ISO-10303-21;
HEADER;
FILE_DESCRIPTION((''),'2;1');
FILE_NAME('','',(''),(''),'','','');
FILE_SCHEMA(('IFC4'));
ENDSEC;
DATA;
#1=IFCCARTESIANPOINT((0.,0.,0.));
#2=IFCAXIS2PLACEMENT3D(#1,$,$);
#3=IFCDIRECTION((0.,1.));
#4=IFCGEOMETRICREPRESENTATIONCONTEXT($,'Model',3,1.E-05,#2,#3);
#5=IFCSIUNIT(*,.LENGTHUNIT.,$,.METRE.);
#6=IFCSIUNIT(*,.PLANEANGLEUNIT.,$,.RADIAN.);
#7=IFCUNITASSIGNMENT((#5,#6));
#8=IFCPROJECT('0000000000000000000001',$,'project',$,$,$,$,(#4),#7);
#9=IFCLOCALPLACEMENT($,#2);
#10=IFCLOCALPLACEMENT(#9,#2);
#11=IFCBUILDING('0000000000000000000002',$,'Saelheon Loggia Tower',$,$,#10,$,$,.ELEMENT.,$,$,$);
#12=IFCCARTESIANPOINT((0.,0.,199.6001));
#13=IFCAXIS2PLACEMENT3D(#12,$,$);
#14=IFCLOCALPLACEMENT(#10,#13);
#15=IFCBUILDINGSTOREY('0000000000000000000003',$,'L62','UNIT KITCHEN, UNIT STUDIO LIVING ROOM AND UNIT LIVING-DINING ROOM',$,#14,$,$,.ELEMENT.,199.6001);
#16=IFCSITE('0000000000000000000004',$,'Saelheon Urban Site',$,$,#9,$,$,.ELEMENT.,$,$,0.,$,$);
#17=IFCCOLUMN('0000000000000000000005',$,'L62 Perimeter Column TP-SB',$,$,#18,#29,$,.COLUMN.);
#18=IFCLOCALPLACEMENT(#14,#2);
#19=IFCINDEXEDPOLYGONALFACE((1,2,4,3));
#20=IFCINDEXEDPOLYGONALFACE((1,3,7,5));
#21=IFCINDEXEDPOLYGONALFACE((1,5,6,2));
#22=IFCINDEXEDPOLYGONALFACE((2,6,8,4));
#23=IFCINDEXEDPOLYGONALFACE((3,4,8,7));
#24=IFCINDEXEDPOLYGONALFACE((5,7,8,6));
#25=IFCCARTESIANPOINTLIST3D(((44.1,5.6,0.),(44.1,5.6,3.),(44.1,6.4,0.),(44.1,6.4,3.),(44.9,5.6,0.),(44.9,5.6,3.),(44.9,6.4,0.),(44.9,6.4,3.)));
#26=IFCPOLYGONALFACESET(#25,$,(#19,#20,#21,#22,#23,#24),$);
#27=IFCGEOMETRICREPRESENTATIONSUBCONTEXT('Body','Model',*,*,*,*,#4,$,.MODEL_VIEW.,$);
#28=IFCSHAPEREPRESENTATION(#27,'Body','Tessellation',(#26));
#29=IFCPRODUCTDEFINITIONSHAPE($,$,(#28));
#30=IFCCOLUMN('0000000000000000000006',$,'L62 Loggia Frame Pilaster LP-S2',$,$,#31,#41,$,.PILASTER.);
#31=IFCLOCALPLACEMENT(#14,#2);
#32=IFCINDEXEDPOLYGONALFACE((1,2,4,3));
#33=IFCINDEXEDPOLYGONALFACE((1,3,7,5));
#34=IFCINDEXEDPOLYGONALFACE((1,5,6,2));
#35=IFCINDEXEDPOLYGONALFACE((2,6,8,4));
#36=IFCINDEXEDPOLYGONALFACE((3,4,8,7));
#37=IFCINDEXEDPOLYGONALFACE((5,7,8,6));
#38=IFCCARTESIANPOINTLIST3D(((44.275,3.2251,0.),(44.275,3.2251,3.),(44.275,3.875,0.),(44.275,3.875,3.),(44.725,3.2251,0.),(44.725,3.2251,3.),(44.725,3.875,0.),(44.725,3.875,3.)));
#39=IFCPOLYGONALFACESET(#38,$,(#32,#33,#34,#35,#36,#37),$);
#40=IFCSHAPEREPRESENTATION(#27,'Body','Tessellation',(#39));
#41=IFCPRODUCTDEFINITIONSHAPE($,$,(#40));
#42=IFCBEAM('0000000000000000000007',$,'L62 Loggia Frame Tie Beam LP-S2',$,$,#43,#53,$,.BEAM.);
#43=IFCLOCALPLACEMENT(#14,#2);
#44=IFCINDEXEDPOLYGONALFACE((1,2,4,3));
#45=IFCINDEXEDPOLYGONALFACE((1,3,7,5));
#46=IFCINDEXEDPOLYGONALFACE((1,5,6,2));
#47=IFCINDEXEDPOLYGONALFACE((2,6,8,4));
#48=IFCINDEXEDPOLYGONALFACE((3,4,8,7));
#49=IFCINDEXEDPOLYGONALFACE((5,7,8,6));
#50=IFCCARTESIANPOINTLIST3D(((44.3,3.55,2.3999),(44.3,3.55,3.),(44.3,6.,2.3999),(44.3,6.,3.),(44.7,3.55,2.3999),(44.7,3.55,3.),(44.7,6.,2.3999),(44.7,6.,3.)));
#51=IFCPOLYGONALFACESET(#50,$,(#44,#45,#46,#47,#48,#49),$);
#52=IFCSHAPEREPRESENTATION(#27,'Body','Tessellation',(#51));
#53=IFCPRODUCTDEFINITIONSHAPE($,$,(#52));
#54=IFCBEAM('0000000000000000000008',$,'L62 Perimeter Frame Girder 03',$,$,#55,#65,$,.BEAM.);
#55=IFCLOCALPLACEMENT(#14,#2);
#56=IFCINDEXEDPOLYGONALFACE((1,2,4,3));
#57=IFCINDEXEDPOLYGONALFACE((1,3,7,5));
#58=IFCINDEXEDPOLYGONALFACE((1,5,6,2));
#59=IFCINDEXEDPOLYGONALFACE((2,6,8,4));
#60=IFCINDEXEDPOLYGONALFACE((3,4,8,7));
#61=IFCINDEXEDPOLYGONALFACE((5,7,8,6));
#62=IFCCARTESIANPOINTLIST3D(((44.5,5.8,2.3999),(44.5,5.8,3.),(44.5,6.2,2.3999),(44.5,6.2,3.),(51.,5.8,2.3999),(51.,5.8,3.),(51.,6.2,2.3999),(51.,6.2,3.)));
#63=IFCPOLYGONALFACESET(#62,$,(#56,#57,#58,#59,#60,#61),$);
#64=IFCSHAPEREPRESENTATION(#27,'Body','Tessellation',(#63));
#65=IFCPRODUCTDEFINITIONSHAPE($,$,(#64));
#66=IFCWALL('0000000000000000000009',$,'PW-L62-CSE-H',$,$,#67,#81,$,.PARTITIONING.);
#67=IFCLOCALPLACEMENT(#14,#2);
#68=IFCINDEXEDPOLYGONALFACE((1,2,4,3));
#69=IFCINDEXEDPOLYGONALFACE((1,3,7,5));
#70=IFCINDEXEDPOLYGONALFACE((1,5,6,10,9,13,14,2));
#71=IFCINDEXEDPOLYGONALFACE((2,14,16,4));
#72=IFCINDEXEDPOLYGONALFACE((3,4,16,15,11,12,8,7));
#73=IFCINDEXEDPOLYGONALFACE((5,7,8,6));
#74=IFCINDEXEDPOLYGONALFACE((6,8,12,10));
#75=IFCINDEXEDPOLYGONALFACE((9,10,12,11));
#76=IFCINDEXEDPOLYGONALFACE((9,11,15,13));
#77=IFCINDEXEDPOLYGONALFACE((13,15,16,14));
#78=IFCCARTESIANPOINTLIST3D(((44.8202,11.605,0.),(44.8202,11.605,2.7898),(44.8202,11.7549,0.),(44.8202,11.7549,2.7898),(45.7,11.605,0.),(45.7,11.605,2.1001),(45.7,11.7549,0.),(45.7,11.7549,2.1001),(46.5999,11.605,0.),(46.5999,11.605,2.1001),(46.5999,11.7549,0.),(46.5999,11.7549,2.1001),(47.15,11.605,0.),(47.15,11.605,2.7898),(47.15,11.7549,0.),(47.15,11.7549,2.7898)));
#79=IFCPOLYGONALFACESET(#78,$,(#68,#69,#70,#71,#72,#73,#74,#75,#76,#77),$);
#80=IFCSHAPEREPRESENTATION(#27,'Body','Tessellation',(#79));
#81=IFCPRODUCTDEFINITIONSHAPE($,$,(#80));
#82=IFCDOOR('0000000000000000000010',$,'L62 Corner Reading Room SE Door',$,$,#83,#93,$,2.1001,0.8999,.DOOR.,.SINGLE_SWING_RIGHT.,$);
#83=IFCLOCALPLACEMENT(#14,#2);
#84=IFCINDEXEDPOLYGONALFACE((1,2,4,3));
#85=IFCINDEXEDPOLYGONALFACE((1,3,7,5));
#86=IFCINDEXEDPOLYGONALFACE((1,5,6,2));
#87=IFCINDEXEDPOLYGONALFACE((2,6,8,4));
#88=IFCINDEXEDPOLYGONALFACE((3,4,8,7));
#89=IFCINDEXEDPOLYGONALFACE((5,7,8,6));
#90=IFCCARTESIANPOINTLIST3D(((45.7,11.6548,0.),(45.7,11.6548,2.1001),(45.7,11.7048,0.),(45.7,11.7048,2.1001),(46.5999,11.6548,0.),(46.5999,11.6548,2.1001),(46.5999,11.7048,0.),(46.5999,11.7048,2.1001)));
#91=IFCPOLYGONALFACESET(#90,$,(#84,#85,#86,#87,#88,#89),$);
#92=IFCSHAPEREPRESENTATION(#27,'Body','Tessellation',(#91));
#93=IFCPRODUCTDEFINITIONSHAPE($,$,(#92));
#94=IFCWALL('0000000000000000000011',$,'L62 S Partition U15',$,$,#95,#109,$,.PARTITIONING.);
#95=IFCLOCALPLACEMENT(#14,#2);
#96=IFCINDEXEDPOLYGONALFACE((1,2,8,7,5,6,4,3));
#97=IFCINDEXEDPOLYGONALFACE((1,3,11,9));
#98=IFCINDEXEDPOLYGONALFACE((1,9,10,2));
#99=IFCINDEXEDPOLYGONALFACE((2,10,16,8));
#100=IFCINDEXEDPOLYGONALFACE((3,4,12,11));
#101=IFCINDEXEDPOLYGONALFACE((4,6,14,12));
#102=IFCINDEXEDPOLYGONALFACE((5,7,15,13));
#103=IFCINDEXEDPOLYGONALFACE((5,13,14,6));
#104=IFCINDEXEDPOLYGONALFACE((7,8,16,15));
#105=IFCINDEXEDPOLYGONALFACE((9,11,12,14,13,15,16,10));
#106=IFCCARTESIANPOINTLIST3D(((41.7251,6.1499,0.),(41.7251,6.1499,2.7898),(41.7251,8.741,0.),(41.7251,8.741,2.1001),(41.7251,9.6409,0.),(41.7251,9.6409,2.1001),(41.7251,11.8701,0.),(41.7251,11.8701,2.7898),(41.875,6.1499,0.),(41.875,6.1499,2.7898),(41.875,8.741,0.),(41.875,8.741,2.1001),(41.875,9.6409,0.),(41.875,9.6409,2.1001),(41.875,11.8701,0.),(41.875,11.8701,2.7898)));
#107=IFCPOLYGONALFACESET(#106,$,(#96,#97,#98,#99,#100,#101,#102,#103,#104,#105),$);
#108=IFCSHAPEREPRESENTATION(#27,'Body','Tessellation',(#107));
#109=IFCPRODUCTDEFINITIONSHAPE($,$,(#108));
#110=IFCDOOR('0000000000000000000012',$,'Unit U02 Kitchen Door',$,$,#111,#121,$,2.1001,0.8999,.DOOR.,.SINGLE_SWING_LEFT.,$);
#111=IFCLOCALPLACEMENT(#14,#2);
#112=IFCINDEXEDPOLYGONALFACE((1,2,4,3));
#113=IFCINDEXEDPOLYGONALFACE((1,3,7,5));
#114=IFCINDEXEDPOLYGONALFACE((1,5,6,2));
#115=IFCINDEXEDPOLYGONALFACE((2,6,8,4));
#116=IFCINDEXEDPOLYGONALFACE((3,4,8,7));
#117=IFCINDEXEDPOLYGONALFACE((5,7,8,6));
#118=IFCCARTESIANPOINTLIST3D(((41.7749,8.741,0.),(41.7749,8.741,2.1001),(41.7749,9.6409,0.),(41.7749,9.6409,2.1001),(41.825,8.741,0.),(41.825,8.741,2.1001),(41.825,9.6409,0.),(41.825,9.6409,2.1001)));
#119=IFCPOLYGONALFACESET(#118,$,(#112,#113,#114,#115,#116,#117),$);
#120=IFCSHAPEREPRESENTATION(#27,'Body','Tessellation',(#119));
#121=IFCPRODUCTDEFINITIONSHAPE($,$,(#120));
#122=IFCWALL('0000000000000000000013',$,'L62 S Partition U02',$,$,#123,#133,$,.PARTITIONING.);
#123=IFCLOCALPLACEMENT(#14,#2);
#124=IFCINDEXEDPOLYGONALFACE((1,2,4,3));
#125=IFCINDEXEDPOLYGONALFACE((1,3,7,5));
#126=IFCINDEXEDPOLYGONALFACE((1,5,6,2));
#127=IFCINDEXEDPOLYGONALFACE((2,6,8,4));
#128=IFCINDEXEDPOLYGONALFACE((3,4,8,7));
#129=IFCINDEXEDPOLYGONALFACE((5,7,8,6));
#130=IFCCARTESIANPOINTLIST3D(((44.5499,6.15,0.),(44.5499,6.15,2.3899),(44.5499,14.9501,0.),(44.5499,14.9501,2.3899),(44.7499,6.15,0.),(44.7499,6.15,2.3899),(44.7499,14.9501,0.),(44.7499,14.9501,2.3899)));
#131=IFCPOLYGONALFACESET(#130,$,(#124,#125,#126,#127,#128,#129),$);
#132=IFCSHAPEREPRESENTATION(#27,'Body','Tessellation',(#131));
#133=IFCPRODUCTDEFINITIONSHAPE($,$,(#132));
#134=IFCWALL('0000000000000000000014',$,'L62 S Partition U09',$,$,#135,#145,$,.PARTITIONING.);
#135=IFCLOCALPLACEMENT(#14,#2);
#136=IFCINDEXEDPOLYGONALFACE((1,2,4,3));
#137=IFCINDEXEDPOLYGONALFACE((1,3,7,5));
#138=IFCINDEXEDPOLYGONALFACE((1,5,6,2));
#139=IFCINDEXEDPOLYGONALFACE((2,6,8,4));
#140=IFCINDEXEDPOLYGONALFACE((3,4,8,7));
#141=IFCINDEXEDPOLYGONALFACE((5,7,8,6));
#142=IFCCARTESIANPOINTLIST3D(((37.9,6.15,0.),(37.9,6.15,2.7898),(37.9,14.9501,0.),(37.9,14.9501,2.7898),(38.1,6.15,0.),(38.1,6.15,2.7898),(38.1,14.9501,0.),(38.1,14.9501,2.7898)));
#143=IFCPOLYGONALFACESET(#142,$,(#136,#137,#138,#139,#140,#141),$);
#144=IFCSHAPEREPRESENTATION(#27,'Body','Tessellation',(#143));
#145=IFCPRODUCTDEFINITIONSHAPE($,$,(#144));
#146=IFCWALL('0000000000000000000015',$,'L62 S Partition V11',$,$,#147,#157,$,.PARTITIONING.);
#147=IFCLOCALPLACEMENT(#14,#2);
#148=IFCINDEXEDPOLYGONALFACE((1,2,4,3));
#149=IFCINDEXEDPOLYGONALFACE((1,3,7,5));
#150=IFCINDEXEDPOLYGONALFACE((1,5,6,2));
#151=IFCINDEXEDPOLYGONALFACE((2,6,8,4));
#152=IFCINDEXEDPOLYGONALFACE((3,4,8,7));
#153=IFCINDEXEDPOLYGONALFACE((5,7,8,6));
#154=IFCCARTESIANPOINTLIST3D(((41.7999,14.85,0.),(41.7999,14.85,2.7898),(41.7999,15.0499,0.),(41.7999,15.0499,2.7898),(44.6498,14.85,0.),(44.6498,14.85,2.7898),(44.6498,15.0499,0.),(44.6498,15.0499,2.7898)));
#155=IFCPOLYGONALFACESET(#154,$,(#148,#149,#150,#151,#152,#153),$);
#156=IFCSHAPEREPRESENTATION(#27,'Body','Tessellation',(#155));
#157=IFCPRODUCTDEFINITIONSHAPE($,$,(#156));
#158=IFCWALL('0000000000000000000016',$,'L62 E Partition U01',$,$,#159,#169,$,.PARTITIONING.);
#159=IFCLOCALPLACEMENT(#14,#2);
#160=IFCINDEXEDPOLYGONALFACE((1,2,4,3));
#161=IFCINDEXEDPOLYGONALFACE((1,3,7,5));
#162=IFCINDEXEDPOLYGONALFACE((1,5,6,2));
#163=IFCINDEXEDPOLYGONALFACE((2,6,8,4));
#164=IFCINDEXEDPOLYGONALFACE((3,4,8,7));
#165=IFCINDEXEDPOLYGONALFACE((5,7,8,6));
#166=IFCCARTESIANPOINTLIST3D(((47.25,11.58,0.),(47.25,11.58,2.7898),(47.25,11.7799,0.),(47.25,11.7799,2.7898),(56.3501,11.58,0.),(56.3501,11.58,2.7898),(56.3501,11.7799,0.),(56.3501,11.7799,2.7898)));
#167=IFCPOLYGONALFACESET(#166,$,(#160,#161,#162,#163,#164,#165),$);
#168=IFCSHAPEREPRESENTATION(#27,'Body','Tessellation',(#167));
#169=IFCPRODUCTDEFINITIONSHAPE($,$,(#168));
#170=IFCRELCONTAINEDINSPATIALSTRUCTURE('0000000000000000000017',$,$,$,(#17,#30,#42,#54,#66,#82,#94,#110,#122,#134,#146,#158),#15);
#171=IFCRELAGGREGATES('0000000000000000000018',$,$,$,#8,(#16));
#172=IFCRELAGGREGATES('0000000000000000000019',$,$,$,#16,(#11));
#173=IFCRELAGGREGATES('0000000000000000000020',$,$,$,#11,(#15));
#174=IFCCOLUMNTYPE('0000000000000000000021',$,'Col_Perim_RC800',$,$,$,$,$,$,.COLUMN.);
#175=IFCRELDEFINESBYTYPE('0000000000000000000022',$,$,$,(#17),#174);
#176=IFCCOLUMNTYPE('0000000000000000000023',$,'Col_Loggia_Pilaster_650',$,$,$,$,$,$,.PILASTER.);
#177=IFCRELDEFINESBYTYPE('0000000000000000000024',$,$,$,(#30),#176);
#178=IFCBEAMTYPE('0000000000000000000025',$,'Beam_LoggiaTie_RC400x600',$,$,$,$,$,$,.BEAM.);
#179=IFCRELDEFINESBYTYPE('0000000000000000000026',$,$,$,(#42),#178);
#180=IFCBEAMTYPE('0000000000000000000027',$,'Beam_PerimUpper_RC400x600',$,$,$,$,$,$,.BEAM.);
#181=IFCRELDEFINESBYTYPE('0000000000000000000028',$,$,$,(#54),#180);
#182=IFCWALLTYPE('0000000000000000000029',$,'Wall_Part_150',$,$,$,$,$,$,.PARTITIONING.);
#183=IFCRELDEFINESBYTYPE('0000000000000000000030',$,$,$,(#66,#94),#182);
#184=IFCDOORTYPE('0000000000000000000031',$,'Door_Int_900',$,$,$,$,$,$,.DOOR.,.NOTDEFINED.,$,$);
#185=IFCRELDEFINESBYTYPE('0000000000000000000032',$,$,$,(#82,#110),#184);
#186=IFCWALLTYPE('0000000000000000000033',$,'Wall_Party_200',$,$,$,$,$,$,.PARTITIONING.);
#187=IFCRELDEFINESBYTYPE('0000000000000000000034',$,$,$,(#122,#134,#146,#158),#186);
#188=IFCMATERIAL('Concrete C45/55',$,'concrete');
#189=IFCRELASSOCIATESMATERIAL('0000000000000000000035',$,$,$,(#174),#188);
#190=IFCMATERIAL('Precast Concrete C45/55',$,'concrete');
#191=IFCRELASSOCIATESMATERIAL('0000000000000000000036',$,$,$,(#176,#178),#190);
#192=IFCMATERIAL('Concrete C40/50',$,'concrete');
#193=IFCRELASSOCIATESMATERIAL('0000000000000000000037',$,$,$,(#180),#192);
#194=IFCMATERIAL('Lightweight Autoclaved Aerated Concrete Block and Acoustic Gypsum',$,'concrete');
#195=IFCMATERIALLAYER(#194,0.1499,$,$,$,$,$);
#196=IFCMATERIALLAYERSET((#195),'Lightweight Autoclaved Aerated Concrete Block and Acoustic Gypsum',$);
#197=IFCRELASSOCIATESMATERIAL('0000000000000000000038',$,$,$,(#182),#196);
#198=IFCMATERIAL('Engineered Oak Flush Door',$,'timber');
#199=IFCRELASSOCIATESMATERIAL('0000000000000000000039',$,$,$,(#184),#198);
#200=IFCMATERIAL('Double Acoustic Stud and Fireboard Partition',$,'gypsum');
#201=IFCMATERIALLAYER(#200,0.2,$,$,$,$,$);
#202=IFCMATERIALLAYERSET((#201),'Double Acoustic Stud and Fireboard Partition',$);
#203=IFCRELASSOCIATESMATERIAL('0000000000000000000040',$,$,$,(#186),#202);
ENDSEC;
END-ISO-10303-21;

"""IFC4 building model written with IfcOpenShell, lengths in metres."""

from ifc_helpers import new_model, si_unit, direction, frame, frame_2d, origin, origin_2d, place, context, subcontext, project, spatial, rectangle, extrude, source, transform, mapped, material, layer, layer_set, material_profile, profile_set, type_object, element, fill, save


model = new_model("IFC4")

# Units and contexts
model_context = context("Model", 3, precision=1e-05, world=origin(), true_north=direction((0.0, 1.0)))
body_context = subcontext(model_context, "Body", "Model", "MODEL_VIEW")
ifc_project = project(units=[si_unit("LENGTHUNIT", "METRE"), si_unit("PLANEANGLEUNIT", "RADIAN")], contexts=[model_context])

# Site, building, storey
site_placement = place(None, origin())
site = spatial("IfcSite", under=ifc_project, at=site_placement, Name="Saelheon Urban Site", CompositionType="ELEMENT", RefElevation=0.0)
building_placement = place(site_placement, origin())
building = spatial("IfcBuilding", under=site, at=building_placement, Name="Saelheon Loggia Tower", CompositionType="ELEMENT")
storey_placement = place(building_placement, frame((0.0, 0.0, 199.6001)))
storey = spatial("IfcBuildingStorey", under=building, at=storey_placement, Name="L62", Description="UNIT KITCHEN, UNIT STUDIO LIVING ROOM AND UNIT LIVING-DINING ROOM", CompositionType="ELEMENT", Elevation=199.6001)

# Columns
ifc_material_1 = material(Name="Concrete C45/55", Category="concrete")
ifc_material_profile_1 = material_profile(ifc_material_1, rectangle(XDim=0.8, YDim=0.8, at=origin_2d()), Name="RC-800x800")
ifc_profile_set_1 = profile_set([ifc_material_profile_1], Name="Concrete C45/55")
column_type_1 = type_object("IfcColumnType", Name="Col_Perim_RC800", PredefinedType="COLUMN", material=ifc_profile_set_1)
shared_shape_1 = source(origin(), body_context, "Body", "SweptSolid", [
    extrude(rectangle(XDim=0.8, YDim=0.8, at=origin_2d()), origin(), (0.0, 0.0, 1.0), 3.0),
])
column_1_placement = place(storey_placement, frame((44.5, 6.0, 0.0), z_axis=(0.0, 0.0, 1.0), x_axis=(1.0, 0.0, 0.0)))
element("IfcColumn", 1, at=column_1_placement, inside=storey, type_object=column_type_1, Name="L62 Perimeter Column TP-SB", PredefinedType="COLUMN", context=body_context, shape_type="MappedRepresentation", body=[
    mapped(shared_shape_1, transform((0.0, 0.0, 0.0), scale=1.0)),
])
ifc_material_2 = material(Name="Precast Concrete C45/55", Category="concrete")
ifc_material_profile_2 = material_profile(ifc_material_2, rectangle(XDim=0.45, YDim=0.6499, at=origin_2d()), Name="RC-450x650")
ifc_profile_set_2 = profile_set([ifc_material_profile_2], Name="Precast Concrete C45/55")
column_type_2 = type_object("IfcColumnType", Name="Col_Loggia_Pilaster_650", PredefinedType="PILASTER", material=ifc_profile_set_2)
shared_shape_2 = source(origin(), body_context, "Body", "SweptSolid", [
    extrude(rectangle(XDim=0.45, YDim=0.6499, at=origin_2d()), origin(), (0.0, 0.0, 1.0), 3.0),
])
column_2_placement = place(storey_placement, frame((44.5, 3.55, 0.0), z_axis=(0.0, 0.0, 1.0), x_axis=(1.0, 0.0, 0.0)))
element("IfcColumn", 2, at=column_2_placement, inside=storey, type_object=column_type_2, Name="L62 Loggia Frame Pilaster LP-S2", PredefinedType="PILASTER", context=body_context, shape_type="MappedRepresentation", body=[
    mapped(shared_shape_2, transform((0.0, 0.0, 0.0), scale=1.0)),
])

# Beams
ifc_material_profile_3 = material_profile(ifc_material_2, rectangle(XDim=0.3999, YDim=0.6001, at=origin_2d()), Name="RC-400x600")
ifc_profile_set_3 = profile_set([ifc_material_profile_3], Name="Precast Concrete C45/55")
beam_type_1 = type_object("IfcBeamType", Name="Beam_LoggiaTie_RC400x600", PredefinedType="BEAM", material=ifc_profile_set_3)
shared_shape_3 = source(origin(), body_context, "Body", "SweptSolid", [
    extrude(rectangle(XDim=0.3999, YDim=0.6001, at=origin_2d()), origin(), (0.0, 0.0, 1.0), 2.45),
])
beam_1_placement = place(storey_placement, frame((44.5, 6.0, 2.7), z_axis=(0.0, -1.0, 0.0), x_axis=(1.0, 0.0, 0.0)))
element("IfcBeam", 3, at=beam_1_placement, inside=storey, type_object=beam_type_1, Name="L62 Loggia Frame Tie Beam LP-S2", PredefinedType="BEAM", context=body_context, shape_type="MappedRepresentation", body=[
    mapped(shared_shape_3, transform((0.0, 0.0, 0.0), scale=1.0)),
])
ifc_material_3 = material(Name="Concrete C40/50", Category="concrete")
ifc_material_profile_4 = material_profile(ifc_material_3, rectangle(XDim=0.3999, YDim=0.6001, at=origin_2d()), Name="RC-400x600")
ifc_profile_set_4 = profile_set([ifc_material_profile_4], Name="Concrete C40/50")
beam_type_2 = type_object("IfcBeamType", Name="Beam_PerimUpper_RC400x600", PredefinedType="BEAM", material=ifc_profile_set_4)
shared_shape_4 = source(origin(), body_context, "Body", "SweptSolid", [
    extrude(rectangle(XDim=0.3999, YDim=0.6001, at=origin_2d()), origin(), (0.0, 0.0, 1.0), 6.5),
])
beam_2_placement = place(storey_placement, frame((44.5, 6.0, 2.7), z_axis=(1.0, 0.0, 0.0), x_axis=(0.0, 1.0, 0.0)))
element("IfcBeam", 4, at=beam_2_placement, inside=storey, type_object=beam_type_2, Name="L62 Perimeter Frame Girder 03", PredefinedType="BEAM", context=body_context, shape_type="MappedRepresentation", body=[
    mapped(shared_shape_4, transform((0.0, 0.0, 0.0), scale=1.0)),
])

# Walls, openings, doors
ifc_material_4 = material(Name="Lightweight Autoclaved Aerated Concrete Block and Acoustic Gypsum", Category="concrete")
ifc_layer_1 = layer(ifc_material_4, 0.1499)
ifc_layer_set_1 = layer_set([ifc_layer_1], Name="Lightweight Autoclaved Aerated Concrete Block and Acoustic Gypsum")
wall_type_1 = type_object("IfcWallType", Name="Wall_Part_150", PredefinedType="PARTITIONING", material=ifc_layer_set_1)
wall_1_placement = place(storey_placement, frame((44.8201, 11.6799, 0.0), z_axis=(0.0, 0.0, 1.0), x_axis=(1.0, 0.0, 0.0)))
wall_1 = element("IfcWall", 5, at=wall_1_placement, inside=storey, type_object=wall_type_1, Name="PW-L62-CSE-H", PredefinedType="PARTITIONING", context=body_context, shape_type="SweptSolid", body=[
    extrude(rectangle(XDim=2.3298, YDim=0.1499, at=frame_2d((1.165, 0.0))), origin(), (0.0, 0.0, 1.0), 2.7898),
])
opening_1_placement = place(wall_1_placement, frame((0.8799, 0.0, 0.0)))
opening_1 = element("IfcOpeningElement", 6, at=opening_1_placement, cuts=wall_1, PredefinedType="OPENING", context=body_context, shape_type="SweptSolid", body=[
    extrude(rectangle(XDim=0.8999, YDim=2.1001, at=frame_2d((0.45, 1.05))), frame((0.0, 0.0869, 0.0), z_axis=(0.0, -1.0, 0.0), x_axis=(1.0, 0.0, 0.0)), (0.0, 0.0, 1.0), 0.1738),
])
ifc_material_5 = material(Name="Engineered Oak Flush Door", Category="timber")
door_type_1 = type_object("IfcDoorType", Name="Door_Int_900", OperationType="NOTDEFINED", PredefinedType="DOOR", material=ifc_material_5)
shared_shape_5 = source(origin(), body_context, "Body", "SweptSolid", [
    extrude(rectangle(XDim=0.8999, YDim=2.1001, at=frame_2d((0.45, 1.05))), frame((0.0, 0.0249, 0.0), z_axis=(0.0, -1.0, 0.0), x_axis=(1.0, 0.0, 0.0)), (0.0, 0.0, 1.0), 0.05),
])
door_1_placement = place(opening_1_placement, origin())
door_1 = element("IfcDoor", 7, at=door_1_placement, inside=storey, type_object=door_type_1, Name="L62 Corner Reading Room SE Door", OperationType="SINGLE_SWING_RIGHT", OverallHeight=2.1001, OverallWidth=0.8999, PredefinedType="DOOR", context=body_context, shape_type="MappedRepresentation", body=[
    mapped(shared_shape_5, transform((0.0, 0.0, 0.0), scale=1.0)),
])
fill(opening_1, door_1)
wall_2_placement = place(storey_placement, frame((41.8, 11.8701, 0.0), z_axis=(0.0, 0.0, 1.0), x_axis=(0.0, -1.0, 0.0)))
wall_2 = element("IfcWall", 8, at=wall_2_placement, inside=storey, type_object=wall_type_1, Name="L62 S Partition U15", PredefinedType="PARTITIONING", context=body_context, shape_type="SweptSolid", body=[
    extrude(rectangle(XDim=5.7202, YDim=0.1499, at=frame_2d((2.8601, 0.0))), origin(), (0.0, 0.0, 1.0), 2.7898),
])
opening_2_placement = place(wall_2_placement, frame((2.2292, 0.0, 0.0)))
opening_2 = element("IfcOpeningElement", 9, at=opening_2_placement, cuts=wall_2, PredefinedType="OPENING", context=body_context, shape_type="SweptSolid", body=[
    extrude(rectangle(XDim=0.8999, YDim=2.1001, at=frame_2d((0.45, 1.05))), frame((0.0, 0.0869, 0.0), z_axis=(0.0, -1.0, 0.0), x_axis=(1.0, 0.0, 0.0)), (0.0, 0.0, 1.0), 0.1738),
])
door_2_placement = place(opening_2_placement, origin())
door_2 = element("IfcDoor", 10, at=door_2_placement, inside=storey, type_object=door_type_1, Name="Unit U02 Kitchen Door", OperationType="SINGLE_SWING_LEFT", OverallHeight=2.1001, OverallWidth=0.8999, PredefinedType="DOOR", context=body_context, shape_type="MappedRepresentation", body=[
    mapped(shared_shape_5, transform((0.0, 0.0, 0.0), scale=1.0)),
])
fill(opening_2, door_2)

# Walls
ifc_material_6 = material(Name="Double Acoustic Stud and Fireboard Partition", Category="gypsum")
ifc_layer_2 = layer(ifc_material_6, 0.2)
ifc_layer_set_2 = layer_set([ifc_layer_2], Name="Double Acoustic Stud and Fireboard Partition")
wall_type_2 = type_object("IfcWallType", Name="Wall_Party_200", PredefinedType="PARTITIONING", material=ifc_layer_set_2)
wall_3_placement = place(storey_placement, frame((44.6499, 14.95, 0.0), z_axis=(0.0, 0.0, 1.0), x_axis=(0.0, -1.0, 0.0)))
element("IfcWall", 11, at=wall_3_placement, inside=storey, type_object=wall_type_2, Name="L62 S Partition U02", PredefinedType="PARTITIONING", context=body_context, shape_type="SweptSolid", body=[
    extrude(rectangle(XDim=8.8, YDim=0.2, at=frame_2d((4.3999, 0.0))), origin(), (0.0, 0.0, 1.0), 2.3899),
])
wall_4_placement = place(storey_placement, frame((38.0, 14.95, 0.0), z_axis=(0.0, 0.0, 1.0), x_axis=(0.0, -1.0, 0.0)))
element("IfcWall", 12, at=wall_4_placement, inside=storey, type_object=wall_type_2, Name="L62 S Partition U09", PredefinedType="PARTITIONING", context=body_context, shape_type="SweptSolid", body=[
    extrude(rectangle(XDim=8.8, YDim=0.2, at=frame_2d((4.3999, 0.0))), origin(), (0.0, 0.0, 1.0), 2.7898),
])

# Walls
wall_5_placement = place(storey_placement, frame((41.8, 14.95, 0.0), z_axis=(0.0, 0.0, 1.0), x_axis=(1.0, 0.0, 0.0)))
element("IfcWall", 13, at=wall_5_placement, inside=storey, type_object=wall_type_2, Name="L62 S Partition V11", PredefinedType="PARTITIONING", context=body_context, shape_type="SweptSolid", body=[
    extrude(rectangle(XDim=2.8499, YDim=0.2, at=frame_2d((1.4248, 0.0))), origin(), (0.0, 0.0, 1.0), 2.7898),
])
wall_6_placement = place(storey_placement, frame((47.25, 11.6799, 0.0), z_axis=(0.0, 0.0, 1.0), x_axis=(1.0, 0.0, 0.0)))
element("IfcWall", 14, at=wall_6_placement, inside=storey, type_object=wall_type_2, Name="L62 E Partition U01", PredefinedType="PARTITIONING", context=body_context, shape_type="SweptSolid", body=[
    extrude(rectangle(XDim=9.1001, YDim=0.2, at=frame_2d((4.55, 0.0))), origin(), (0.0, 0.0, 1.0), 2.7898),
])

save(model, "model.ifc")
